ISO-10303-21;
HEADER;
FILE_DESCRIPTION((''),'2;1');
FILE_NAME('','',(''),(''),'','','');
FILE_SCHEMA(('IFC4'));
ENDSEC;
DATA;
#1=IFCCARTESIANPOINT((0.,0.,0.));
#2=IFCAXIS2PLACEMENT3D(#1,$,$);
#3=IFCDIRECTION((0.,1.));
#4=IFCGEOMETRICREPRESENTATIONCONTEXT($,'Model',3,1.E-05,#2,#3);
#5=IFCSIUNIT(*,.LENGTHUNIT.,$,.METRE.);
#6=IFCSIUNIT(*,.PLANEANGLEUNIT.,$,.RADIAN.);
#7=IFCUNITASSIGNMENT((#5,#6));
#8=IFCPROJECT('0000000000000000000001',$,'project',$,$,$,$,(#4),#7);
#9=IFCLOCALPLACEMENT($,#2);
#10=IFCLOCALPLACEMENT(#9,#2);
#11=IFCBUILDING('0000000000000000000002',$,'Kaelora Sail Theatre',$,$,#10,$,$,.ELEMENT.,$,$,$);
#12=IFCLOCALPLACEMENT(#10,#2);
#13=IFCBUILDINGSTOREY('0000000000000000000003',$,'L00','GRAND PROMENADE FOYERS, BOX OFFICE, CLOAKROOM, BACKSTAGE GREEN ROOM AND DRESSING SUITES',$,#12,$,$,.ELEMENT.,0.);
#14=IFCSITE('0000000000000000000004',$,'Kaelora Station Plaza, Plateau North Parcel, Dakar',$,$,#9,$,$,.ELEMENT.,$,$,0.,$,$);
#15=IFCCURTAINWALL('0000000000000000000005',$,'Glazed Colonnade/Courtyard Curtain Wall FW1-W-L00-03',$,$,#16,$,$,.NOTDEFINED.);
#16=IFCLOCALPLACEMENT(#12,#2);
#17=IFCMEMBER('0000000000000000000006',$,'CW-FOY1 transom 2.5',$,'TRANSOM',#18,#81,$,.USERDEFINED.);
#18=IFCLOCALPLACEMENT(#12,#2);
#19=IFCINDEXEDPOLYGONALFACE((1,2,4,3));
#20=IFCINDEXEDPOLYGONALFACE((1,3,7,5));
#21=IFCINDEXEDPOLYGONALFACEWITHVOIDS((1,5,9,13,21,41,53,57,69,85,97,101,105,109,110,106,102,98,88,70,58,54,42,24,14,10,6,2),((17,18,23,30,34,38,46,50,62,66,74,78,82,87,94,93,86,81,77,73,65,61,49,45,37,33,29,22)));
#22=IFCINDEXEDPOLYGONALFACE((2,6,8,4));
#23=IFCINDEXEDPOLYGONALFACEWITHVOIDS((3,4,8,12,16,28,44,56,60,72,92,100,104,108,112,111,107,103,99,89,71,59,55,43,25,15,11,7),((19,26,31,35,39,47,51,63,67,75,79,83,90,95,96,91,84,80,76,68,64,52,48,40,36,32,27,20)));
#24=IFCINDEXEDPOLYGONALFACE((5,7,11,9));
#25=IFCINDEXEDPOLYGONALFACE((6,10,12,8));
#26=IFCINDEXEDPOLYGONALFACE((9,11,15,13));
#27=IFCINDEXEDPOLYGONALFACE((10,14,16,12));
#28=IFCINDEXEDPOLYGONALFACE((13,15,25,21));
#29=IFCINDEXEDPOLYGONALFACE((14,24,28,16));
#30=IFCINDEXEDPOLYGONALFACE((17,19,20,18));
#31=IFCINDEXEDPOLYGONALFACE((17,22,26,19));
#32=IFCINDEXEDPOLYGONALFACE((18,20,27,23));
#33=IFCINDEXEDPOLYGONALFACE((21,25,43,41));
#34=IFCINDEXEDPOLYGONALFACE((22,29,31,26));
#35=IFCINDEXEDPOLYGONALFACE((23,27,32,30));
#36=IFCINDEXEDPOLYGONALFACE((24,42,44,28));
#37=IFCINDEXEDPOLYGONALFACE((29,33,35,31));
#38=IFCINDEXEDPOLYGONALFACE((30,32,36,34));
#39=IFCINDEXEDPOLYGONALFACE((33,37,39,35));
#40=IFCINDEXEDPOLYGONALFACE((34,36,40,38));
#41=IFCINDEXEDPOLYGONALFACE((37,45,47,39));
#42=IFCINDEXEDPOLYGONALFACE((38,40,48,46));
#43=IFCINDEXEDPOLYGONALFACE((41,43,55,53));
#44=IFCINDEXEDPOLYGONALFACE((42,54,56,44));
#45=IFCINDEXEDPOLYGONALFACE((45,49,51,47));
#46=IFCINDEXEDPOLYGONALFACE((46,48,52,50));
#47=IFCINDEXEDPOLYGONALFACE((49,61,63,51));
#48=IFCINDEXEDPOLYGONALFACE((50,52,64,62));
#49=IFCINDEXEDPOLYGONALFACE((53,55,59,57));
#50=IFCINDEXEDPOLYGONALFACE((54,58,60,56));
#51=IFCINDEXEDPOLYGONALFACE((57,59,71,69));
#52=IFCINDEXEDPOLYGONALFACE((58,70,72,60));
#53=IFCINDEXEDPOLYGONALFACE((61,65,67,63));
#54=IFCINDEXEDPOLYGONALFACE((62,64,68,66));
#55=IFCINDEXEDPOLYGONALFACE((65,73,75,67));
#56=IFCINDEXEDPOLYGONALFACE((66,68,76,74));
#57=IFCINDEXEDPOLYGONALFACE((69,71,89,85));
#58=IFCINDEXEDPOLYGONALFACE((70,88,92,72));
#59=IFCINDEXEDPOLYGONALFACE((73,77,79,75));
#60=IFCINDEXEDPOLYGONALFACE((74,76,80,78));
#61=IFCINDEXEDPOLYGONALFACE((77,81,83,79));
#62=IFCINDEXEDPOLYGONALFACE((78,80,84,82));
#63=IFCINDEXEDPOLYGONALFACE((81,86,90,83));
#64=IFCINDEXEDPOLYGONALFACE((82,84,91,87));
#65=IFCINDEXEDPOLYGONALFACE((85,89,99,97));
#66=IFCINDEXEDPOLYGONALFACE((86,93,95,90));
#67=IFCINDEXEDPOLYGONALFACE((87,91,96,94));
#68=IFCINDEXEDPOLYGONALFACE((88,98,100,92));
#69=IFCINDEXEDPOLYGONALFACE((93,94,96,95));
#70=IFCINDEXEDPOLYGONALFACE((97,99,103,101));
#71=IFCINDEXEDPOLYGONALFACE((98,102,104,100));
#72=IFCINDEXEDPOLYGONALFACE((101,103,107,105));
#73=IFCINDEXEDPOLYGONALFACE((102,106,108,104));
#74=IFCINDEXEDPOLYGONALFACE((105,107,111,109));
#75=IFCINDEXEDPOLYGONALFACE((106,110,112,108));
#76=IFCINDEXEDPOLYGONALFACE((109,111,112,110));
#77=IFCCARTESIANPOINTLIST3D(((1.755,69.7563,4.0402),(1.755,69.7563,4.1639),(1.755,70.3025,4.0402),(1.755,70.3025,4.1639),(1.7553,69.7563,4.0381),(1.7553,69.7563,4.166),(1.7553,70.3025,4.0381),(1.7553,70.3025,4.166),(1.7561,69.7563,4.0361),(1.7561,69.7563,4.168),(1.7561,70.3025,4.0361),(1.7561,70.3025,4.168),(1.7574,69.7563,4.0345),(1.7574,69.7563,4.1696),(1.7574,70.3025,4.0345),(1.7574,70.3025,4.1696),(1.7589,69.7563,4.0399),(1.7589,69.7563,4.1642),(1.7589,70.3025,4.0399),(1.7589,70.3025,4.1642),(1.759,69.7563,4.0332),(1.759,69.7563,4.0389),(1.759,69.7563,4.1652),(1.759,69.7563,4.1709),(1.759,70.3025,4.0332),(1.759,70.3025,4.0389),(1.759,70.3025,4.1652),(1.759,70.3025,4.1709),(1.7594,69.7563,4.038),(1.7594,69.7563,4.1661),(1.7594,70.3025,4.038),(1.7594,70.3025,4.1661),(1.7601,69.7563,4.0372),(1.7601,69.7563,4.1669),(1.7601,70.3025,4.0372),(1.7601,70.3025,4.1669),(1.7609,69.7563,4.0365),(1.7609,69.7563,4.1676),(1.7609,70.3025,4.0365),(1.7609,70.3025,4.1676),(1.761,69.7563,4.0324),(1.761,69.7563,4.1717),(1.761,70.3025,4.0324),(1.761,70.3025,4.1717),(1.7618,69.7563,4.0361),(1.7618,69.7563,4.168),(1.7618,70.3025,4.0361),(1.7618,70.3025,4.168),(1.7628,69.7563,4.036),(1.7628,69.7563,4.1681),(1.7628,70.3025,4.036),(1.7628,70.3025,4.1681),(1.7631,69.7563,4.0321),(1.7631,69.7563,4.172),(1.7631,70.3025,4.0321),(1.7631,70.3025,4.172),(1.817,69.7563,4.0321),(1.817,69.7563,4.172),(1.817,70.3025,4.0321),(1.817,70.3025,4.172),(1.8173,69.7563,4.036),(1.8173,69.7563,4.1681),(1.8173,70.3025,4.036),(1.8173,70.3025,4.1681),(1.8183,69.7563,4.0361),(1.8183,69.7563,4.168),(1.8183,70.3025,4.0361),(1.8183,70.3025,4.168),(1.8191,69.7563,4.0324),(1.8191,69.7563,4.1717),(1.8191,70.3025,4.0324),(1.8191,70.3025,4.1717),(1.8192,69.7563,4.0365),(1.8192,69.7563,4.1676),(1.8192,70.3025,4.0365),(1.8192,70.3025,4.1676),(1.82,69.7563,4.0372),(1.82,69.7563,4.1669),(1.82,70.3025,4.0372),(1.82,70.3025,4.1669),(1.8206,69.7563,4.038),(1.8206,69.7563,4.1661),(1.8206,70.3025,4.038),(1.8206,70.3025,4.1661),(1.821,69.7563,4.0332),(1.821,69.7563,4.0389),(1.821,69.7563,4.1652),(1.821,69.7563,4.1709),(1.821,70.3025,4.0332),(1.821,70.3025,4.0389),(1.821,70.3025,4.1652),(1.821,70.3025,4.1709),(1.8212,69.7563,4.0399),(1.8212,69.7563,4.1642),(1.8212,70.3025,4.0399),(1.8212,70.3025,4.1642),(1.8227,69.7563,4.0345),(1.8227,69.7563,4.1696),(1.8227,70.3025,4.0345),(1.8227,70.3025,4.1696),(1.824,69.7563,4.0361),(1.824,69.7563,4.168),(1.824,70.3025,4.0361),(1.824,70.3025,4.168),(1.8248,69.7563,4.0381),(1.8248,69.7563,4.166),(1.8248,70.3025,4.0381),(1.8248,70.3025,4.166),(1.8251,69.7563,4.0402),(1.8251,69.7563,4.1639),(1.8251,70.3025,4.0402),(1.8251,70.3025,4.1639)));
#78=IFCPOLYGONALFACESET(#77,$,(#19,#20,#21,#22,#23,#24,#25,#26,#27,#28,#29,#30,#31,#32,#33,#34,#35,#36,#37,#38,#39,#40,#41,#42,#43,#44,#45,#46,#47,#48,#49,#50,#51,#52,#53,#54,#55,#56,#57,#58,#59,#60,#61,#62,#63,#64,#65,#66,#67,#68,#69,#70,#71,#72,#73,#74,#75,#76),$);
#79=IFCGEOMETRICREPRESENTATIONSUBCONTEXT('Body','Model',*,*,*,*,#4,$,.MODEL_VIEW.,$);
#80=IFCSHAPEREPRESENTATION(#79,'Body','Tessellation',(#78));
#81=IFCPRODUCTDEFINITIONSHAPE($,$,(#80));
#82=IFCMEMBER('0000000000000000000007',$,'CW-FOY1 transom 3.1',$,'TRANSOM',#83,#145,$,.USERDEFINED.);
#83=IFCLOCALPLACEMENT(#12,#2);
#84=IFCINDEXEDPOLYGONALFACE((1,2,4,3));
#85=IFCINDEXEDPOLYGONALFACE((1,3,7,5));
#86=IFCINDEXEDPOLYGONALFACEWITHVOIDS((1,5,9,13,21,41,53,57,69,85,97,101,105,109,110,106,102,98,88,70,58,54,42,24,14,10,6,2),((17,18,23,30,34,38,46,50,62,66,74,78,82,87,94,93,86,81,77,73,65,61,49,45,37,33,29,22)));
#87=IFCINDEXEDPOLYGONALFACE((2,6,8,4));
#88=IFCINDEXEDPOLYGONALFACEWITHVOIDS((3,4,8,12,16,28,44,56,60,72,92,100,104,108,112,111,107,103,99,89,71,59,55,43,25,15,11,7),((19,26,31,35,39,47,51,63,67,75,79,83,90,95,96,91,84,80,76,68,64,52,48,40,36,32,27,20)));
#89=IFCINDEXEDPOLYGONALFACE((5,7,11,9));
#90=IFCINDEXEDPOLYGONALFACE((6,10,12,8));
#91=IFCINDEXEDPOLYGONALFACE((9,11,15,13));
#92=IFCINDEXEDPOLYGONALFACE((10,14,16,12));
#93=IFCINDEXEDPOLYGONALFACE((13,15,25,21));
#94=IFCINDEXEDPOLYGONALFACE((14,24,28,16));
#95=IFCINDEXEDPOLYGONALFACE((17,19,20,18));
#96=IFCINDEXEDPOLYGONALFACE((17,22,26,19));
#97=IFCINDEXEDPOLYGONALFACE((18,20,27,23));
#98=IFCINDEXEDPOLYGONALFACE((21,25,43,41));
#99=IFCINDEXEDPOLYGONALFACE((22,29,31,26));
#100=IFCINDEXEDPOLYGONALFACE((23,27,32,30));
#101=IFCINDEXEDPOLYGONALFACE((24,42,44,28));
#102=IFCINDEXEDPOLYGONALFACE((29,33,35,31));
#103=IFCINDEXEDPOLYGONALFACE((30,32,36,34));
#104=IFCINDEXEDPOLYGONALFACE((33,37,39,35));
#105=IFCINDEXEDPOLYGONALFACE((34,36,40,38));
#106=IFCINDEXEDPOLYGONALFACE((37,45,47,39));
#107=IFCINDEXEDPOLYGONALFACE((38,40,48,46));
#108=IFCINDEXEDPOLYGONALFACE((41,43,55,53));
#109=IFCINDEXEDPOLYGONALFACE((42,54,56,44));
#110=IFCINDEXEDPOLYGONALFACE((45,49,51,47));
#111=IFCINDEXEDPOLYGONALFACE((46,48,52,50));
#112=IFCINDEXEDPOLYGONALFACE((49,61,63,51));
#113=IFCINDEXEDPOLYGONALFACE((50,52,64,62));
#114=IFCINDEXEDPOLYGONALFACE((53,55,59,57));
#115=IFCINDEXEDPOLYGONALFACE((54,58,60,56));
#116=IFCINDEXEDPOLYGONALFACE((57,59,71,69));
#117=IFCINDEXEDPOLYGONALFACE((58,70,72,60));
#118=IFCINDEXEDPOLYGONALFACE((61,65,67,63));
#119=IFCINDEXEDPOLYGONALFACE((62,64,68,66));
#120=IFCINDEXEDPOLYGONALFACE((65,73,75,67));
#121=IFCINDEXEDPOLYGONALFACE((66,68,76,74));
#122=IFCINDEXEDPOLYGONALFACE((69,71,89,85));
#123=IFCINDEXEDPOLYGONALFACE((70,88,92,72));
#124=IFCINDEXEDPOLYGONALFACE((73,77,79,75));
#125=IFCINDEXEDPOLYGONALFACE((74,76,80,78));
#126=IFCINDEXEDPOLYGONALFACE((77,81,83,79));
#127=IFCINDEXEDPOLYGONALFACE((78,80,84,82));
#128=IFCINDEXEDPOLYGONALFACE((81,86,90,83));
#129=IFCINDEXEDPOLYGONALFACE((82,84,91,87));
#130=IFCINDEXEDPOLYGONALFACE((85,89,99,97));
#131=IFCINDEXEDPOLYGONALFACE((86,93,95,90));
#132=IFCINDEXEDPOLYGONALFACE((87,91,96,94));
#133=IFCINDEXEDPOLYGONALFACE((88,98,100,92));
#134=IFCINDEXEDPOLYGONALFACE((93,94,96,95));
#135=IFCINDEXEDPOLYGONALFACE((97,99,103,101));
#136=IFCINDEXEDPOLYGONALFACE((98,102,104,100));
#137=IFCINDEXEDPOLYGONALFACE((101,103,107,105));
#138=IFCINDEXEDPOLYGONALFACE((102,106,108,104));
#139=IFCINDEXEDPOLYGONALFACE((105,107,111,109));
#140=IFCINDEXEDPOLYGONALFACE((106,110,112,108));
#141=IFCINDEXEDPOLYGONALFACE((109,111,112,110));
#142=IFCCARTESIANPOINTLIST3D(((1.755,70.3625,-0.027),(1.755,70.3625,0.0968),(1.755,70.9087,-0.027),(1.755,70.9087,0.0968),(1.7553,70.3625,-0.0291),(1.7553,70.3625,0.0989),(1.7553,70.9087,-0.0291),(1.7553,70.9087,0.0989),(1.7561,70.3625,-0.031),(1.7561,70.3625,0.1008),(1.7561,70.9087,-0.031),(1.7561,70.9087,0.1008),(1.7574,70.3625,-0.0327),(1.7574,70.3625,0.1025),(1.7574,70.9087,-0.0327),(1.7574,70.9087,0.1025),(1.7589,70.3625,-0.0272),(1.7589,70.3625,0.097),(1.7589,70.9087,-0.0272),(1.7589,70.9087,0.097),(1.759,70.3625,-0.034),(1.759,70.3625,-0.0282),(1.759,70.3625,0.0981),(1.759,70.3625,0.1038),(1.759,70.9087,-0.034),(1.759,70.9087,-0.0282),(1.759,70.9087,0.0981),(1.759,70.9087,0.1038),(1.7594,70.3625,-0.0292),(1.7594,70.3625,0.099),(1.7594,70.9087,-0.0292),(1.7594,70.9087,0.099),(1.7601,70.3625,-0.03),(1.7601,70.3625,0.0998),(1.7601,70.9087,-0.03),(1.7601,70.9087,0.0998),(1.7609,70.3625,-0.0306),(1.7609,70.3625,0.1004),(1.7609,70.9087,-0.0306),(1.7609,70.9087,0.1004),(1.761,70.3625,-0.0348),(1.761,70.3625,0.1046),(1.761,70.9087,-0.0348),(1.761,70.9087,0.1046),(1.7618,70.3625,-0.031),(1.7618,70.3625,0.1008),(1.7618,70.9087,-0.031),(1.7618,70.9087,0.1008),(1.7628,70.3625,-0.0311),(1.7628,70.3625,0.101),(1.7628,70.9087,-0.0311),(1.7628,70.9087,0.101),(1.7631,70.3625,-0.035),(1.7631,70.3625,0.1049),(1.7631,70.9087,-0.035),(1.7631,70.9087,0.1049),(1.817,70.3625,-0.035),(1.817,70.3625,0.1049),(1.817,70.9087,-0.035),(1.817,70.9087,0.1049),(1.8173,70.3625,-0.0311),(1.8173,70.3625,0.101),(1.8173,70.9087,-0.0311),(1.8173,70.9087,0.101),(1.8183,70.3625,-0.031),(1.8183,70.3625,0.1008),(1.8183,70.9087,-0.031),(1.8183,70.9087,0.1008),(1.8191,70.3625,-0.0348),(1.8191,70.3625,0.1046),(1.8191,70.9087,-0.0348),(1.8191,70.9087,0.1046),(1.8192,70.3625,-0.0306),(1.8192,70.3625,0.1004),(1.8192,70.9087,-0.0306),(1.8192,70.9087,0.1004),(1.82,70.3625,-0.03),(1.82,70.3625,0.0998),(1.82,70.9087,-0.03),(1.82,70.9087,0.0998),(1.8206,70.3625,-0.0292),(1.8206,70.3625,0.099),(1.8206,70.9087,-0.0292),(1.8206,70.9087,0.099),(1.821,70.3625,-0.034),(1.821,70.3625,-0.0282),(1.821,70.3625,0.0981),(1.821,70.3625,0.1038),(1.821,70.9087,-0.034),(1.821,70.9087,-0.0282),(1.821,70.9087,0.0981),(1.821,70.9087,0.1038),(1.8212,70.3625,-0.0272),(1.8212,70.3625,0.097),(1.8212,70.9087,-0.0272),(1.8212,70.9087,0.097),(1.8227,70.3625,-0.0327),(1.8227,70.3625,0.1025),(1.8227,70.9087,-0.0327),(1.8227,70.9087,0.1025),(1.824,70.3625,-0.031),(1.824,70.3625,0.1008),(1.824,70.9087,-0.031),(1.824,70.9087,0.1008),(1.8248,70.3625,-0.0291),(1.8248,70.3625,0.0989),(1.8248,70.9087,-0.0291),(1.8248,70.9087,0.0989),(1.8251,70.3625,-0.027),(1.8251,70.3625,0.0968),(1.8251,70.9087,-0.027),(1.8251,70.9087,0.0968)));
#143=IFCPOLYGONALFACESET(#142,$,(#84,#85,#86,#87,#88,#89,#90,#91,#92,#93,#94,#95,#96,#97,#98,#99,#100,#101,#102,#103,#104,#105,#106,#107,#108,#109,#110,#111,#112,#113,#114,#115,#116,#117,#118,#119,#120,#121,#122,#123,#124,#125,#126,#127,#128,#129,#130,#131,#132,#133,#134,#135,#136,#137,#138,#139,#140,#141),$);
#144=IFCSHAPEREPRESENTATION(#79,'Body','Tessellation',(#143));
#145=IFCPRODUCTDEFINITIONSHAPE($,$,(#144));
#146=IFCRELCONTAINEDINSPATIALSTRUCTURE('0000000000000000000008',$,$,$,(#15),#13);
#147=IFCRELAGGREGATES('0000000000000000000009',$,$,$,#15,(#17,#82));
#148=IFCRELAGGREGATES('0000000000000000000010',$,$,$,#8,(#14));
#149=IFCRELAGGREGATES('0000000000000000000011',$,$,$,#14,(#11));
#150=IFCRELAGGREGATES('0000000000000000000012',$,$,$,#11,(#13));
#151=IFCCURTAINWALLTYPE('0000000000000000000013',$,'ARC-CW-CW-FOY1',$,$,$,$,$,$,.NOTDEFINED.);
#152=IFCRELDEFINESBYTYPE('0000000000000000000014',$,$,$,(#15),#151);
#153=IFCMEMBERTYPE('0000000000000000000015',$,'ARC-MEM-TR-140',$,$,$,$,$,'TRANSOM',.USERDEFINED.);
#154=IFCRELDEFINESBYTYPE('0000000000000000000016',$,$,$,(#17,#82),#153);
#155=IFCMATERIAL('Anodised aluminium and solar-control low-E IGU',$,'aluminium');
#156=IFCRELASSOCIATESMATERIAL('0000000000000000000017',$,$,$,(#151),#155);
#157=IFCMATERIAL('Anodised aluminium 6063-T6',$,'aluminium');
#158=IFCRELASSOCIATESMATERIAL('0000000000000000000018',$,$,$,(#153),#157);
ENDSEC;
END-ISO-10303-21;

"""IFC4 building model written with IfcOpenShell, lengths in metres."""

from ifc_helpers import new_model, si_unit, direction, frame, origin, origin_2d, place, context, subcontext, project, spatial, hollow_rectangle, extrude, material, material_profile, profile_set, type_object, element, aggregate, save


model = new_model("IFC4")

# Units and contexts
model_context = context("Model", 3, precision=1e-05, world=origin(), true_north=direction((0.0, 1.0)))
body_context = subcontext(model_context, "Body", "Model", "MODEL_VIEW")
ifc_project = project(units=[si_unit("LENGTHUNIT", "METRE"), si_unit("PLANEANGLEUNIT", "RADIAN")], contexts=[model_context])

# Site, building, storey
site_placement = place(None, origin())
site = spatial("IfcSite", under=ifc_project, at=site_placement, Name="Kaelora Station Plaza, Plateau North Parcel, Dakar", CompositionType="ELEMENT", RefElevation=0.0)
building_placement = place(site_placement, origin())
building = spatial("IfcBuilding", under=site, at=building_placement, Name="Kaelora Sail Theatre", CompositionType="ELEMENT")
storey_placement = place(building_placement, origin())
storey = spatial("IfcBuildingStorey", under=building, at=storey_placement, Name="L00", Description="GRAND PROMENADE FOYERS, BOX OFFICE, CLOAKROOM, BACKSTAGE GREEN ROOM AND DRESSING SUITES", CompositionType="ELEMENT", Elevation=0.0)

# Curtain wall, members
ifc_material_1 = material(Name="Anodised aluminium and solar-control low-E IGU", Category="aluminium")
curtain_wall_type = type_object("IfcCurtainWallType", Name="ARC-CW-CW-FOY1", PredefinedType="NOTDEFINED", material=ifc_material_1)
curtain_wall_placement = place(storey_placement, origin())
curtain_wall = element("IfcCurtainWall", 1, at=curtain_wall_placement, inside=storey, type_object=curtain_wall_type, Name="Glazed Colonnade/Courtyard Curtain Wall FW1-W-L00-03", PredefinedType="NOTDEFINED")
ifc_material_2 = material(Name="Anodised aluminium 6063-T6", Category="aluminium")
ifc_material_profile_1 = material_profile(ifc_material_2, hollow_rectangle(XDim=0.0701, YDim=0.1399, WallThickness=0.0039, InnerFilletRadius=0.0039, OuterFilletRadius=0.0081, at=origin_2d()), Name="ALU-TRAN 70x140x4")
ifc_profile_set_1 = profile_set([ifc_material_profile_1], Name="Anodised aluminium 6063-T6")
member_type_1 = type_object("IfcMemberType", Name="ARC-MEM-TR-140", ElementType="TRANSOM", PredefinedType="USERDEFINED", material=ifc_profile_set_1)
member_1_placement = place(storey_placement, frame((1.79, 69.7563, 4.1021), z_axis=(0.0, 1.0, 0.0), x_axis=(-1.0, 0.0, 0.0)))
member_1 = element("IfcMember", 2, at=member_1_placement, type_object=member_type_1, Name="CW-FOY1 transom 2.5", ObjectType="TRANSOM", PredefinedType="USERDEFINED", context=body_context, shape_type="SweptSolid", body=[
    extrude(hollow_rectangle(XDim=0.0701, YDim=0.1399, WallThickness=0.0039, InnerFilletRadius=0.0039, OuterFilletRadius=0.0081, at=origin_2d()), origin(), (0.0, 0.0, 1.0), 0.5461),
])
member_2_placement = place(storey_placement, frame((1.79, 70.3625, 0.0349), z_axis=(0.0, 1.0, 0.0), x_axis=(-1.0, 0.0, 0.0)))
member_2 = element("IfcMember", 3, at=member_2_placement, type_object=member_type_1, Name="CW-FOY1 transom 3.1", ObjectType="TRANSOM", PredefinedType="USERDEFINED", context=body_context, shape_type="SweptSolid", body=[
    extrude(hollow_rectangle(XDim=0.0701, YDim=0.1399, WallThickness=0.0039, InnerFilletRadius=0.0039, OuterFilletRadius=0.0081, at=origin_2d()), origin(), (0.0, 0.0, 1.0), 0.5461),
])

aggregate(curtain_wall, [member_1, member_2])

save(model, "model.ifc")
